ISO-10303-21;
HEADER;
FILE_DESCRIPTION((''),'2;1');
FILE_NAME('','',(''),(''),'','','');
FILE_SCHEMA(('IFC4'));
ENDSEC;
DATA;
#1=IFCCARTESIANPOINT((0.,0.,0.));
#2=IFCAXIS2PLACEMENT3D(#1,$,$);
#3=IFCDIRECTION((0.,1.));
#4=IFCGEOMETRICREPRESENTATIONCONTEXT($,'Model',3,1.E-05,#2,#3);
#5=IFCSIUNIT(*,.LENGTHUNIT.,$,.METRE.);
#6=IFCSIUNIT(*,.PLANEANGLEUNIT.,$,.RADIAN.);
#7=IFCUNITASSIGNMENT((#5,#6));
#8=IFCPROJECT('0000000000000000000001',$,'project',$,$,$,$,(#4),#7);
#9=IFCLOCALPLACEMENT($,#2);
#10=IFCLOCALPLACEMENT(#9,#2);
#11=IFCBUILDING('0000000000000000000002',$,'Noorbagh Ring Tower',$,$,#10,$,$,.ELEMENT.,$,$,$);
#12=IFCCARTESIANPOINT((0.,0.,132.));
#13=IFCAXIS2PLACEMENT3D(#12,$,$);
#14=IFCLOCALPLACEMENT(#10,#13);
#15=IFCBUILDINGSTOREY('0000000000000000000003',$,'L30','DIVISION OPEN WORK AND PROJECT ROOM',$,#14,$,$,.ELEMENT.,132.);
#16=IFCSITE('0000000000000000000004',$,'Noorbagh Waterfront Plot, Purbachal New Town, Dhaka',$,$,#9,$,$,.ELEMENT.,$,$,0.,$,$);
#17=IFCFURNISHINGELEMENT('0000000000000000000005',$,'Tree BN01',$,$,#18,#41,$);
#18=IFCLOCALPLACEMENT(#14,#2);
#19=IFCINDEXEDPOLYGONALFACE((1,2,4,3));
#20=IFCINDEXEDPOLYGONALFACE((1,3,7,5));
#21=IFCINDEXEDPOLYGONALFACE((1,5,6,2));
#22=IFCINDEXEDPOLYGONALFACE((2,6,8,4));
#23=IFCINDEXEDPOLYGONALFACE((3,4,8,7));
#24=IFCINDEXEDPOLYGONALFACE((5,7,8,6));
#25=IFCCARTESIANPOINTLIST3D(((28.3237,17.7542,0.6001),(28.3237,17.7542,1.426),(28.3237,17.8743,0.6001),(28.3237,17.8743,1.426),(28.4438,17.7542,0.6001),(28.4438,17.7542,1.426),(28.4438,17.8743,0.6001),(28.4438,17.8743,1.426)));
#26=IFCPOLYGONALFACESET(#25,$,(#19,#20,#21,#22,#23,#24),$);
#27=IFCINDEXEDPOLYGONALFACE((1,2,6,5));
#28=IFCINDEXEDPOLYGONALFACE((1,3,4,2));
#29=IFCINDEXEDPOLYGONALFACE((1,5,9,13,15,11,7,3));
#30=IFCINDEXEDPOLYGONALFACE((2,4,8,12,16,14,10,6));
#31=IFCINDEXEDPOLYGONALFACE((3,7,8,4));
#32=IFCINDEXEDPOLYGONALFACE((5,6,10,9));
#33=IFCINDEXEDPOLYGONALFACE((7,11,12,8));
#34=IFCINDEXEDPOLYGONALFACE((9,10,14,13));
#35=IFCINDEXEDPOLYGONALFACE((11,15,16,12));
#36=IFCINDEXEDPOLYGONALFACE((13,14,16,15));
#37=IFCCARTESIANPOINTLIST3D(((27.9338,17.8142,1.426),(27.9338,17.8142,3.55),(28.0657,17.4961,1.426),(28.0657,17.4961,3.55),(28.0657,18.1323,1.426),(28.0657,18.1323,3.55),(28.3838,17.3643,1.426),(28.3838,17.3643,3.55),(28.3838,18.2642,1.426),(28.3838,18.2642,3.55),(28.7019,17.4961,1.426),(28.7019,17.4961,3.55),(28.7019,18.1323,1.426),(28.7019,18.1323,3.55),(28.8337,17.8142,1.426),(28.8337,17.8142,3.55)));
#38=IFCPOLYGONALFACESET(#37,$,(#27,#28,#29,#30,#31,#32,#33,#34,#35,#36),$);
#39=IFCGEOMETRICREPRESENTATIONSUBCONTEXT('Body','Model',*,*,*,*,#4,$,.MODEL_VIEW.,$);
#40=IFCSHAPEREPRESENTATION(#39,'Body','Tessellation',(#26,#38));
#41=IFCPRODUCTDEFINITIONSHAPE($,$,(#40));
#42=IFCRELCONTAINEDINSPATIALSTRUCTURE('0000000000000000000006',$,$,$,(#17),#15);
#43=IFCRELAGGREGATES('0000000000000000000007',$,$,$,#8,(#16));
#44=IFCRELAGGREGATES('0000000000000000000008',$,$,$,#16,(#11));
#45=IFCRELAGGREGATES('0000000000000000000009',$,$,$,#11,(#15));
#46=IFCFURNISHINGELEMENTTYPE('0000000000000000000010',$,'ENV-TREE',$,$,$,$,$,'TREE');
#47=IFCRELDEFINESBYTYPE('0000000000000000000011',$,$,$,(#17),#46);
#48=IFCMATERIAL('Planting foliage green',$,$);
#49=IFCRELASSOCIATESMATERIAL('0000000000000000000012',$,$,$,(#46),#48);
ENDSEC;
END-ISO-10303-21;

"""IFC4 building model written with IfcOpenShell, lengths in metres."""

from ifc_helpers import new_model, si_unit, direction, frame, origin, origin_2d, place, context, subcontext, project, spatial, polyline, rectangle, outline, extrude, material, type_object, element, save


model = new_model("IFC4")

# Units and contexts
model_context = context("Model", 3, precision=1e-05, world=origin(), true_north=direction((0.0, 1.0)))
body_context = subcontext(model_context, "Body", "Model", "MODEL_VIEW")
ifc_project = project(units=[si_unit("LENGTHUNIT", "METRE"), si_unit("PLANEANGLEUNIT", "RADIAN")], contexts=[model_context])

# Site, building, storey
site_placement = place(None, origin())
site = spatial("IfcSite", under=ifc_project, at=site_placement, Name="Noorbagh Waterfront Plot, Purbachal New Town, Dhaka", CompositionType="ELEMENT", RefElevation=0.0)
building_placement = place(site_placement, origin())
building = spatial("IfcBuilding", under=site, at=building_placement, Name="Noorbagh Ring Tower", CompositionType="ELEMENT")
storey_placement = place(building_placement, frame((0.0, 0.0, 132.0)))
storey = spatial("IfcBuildingStorey", under=building, at=storey_placement, Name="L30", Description="DIVISION OPEN WORK AND PROJECT ROOM", CompositionType="ELEMENT", Elevation=132.0)

# Furnishing element
ifc_material_1 = material(Name="Planting foliage green")
furnishing_element_type = type_object("IfcFurnishingElementType", Name="ENV-TREE", ElementType="TREE", material=ifc_material_1)
furnishing_placement = place(storey_placement, frame((28.3838, 17.8142, 0.6001), z_axis=(0.0, 0.0, 1.0), x_axis=(1.0, 0.0, 0.0)))
element("IfcFurnishingElement", 1, at=furnishing_placement, inside=storey, type_object=furnishing_element_type, Name="Tree BN01", context=body_context, shape_type="SweptSolid", body=[
    extrude(rectangle(XDim=0.1201, YDim=0.1201, at=origin_2d()), origin(), (0.0, 0.0, 1.0), 0.8259),
    extrude(outline(polyline([(0.45, 0.0), (0.3181, 0.3181), (0.0, 0.45), (-0.3181, 0.3181), (-0.45, 0.0), (-0.3181, -0.3181), (0.0, -0.45), (0.3181, -0.3181), (0.45, 0.0)])), frame((0.0, 0.0, 0.8259)), (0.0, 0.0, 1.0), 2.124),
])

save(model, "model.ifc")
